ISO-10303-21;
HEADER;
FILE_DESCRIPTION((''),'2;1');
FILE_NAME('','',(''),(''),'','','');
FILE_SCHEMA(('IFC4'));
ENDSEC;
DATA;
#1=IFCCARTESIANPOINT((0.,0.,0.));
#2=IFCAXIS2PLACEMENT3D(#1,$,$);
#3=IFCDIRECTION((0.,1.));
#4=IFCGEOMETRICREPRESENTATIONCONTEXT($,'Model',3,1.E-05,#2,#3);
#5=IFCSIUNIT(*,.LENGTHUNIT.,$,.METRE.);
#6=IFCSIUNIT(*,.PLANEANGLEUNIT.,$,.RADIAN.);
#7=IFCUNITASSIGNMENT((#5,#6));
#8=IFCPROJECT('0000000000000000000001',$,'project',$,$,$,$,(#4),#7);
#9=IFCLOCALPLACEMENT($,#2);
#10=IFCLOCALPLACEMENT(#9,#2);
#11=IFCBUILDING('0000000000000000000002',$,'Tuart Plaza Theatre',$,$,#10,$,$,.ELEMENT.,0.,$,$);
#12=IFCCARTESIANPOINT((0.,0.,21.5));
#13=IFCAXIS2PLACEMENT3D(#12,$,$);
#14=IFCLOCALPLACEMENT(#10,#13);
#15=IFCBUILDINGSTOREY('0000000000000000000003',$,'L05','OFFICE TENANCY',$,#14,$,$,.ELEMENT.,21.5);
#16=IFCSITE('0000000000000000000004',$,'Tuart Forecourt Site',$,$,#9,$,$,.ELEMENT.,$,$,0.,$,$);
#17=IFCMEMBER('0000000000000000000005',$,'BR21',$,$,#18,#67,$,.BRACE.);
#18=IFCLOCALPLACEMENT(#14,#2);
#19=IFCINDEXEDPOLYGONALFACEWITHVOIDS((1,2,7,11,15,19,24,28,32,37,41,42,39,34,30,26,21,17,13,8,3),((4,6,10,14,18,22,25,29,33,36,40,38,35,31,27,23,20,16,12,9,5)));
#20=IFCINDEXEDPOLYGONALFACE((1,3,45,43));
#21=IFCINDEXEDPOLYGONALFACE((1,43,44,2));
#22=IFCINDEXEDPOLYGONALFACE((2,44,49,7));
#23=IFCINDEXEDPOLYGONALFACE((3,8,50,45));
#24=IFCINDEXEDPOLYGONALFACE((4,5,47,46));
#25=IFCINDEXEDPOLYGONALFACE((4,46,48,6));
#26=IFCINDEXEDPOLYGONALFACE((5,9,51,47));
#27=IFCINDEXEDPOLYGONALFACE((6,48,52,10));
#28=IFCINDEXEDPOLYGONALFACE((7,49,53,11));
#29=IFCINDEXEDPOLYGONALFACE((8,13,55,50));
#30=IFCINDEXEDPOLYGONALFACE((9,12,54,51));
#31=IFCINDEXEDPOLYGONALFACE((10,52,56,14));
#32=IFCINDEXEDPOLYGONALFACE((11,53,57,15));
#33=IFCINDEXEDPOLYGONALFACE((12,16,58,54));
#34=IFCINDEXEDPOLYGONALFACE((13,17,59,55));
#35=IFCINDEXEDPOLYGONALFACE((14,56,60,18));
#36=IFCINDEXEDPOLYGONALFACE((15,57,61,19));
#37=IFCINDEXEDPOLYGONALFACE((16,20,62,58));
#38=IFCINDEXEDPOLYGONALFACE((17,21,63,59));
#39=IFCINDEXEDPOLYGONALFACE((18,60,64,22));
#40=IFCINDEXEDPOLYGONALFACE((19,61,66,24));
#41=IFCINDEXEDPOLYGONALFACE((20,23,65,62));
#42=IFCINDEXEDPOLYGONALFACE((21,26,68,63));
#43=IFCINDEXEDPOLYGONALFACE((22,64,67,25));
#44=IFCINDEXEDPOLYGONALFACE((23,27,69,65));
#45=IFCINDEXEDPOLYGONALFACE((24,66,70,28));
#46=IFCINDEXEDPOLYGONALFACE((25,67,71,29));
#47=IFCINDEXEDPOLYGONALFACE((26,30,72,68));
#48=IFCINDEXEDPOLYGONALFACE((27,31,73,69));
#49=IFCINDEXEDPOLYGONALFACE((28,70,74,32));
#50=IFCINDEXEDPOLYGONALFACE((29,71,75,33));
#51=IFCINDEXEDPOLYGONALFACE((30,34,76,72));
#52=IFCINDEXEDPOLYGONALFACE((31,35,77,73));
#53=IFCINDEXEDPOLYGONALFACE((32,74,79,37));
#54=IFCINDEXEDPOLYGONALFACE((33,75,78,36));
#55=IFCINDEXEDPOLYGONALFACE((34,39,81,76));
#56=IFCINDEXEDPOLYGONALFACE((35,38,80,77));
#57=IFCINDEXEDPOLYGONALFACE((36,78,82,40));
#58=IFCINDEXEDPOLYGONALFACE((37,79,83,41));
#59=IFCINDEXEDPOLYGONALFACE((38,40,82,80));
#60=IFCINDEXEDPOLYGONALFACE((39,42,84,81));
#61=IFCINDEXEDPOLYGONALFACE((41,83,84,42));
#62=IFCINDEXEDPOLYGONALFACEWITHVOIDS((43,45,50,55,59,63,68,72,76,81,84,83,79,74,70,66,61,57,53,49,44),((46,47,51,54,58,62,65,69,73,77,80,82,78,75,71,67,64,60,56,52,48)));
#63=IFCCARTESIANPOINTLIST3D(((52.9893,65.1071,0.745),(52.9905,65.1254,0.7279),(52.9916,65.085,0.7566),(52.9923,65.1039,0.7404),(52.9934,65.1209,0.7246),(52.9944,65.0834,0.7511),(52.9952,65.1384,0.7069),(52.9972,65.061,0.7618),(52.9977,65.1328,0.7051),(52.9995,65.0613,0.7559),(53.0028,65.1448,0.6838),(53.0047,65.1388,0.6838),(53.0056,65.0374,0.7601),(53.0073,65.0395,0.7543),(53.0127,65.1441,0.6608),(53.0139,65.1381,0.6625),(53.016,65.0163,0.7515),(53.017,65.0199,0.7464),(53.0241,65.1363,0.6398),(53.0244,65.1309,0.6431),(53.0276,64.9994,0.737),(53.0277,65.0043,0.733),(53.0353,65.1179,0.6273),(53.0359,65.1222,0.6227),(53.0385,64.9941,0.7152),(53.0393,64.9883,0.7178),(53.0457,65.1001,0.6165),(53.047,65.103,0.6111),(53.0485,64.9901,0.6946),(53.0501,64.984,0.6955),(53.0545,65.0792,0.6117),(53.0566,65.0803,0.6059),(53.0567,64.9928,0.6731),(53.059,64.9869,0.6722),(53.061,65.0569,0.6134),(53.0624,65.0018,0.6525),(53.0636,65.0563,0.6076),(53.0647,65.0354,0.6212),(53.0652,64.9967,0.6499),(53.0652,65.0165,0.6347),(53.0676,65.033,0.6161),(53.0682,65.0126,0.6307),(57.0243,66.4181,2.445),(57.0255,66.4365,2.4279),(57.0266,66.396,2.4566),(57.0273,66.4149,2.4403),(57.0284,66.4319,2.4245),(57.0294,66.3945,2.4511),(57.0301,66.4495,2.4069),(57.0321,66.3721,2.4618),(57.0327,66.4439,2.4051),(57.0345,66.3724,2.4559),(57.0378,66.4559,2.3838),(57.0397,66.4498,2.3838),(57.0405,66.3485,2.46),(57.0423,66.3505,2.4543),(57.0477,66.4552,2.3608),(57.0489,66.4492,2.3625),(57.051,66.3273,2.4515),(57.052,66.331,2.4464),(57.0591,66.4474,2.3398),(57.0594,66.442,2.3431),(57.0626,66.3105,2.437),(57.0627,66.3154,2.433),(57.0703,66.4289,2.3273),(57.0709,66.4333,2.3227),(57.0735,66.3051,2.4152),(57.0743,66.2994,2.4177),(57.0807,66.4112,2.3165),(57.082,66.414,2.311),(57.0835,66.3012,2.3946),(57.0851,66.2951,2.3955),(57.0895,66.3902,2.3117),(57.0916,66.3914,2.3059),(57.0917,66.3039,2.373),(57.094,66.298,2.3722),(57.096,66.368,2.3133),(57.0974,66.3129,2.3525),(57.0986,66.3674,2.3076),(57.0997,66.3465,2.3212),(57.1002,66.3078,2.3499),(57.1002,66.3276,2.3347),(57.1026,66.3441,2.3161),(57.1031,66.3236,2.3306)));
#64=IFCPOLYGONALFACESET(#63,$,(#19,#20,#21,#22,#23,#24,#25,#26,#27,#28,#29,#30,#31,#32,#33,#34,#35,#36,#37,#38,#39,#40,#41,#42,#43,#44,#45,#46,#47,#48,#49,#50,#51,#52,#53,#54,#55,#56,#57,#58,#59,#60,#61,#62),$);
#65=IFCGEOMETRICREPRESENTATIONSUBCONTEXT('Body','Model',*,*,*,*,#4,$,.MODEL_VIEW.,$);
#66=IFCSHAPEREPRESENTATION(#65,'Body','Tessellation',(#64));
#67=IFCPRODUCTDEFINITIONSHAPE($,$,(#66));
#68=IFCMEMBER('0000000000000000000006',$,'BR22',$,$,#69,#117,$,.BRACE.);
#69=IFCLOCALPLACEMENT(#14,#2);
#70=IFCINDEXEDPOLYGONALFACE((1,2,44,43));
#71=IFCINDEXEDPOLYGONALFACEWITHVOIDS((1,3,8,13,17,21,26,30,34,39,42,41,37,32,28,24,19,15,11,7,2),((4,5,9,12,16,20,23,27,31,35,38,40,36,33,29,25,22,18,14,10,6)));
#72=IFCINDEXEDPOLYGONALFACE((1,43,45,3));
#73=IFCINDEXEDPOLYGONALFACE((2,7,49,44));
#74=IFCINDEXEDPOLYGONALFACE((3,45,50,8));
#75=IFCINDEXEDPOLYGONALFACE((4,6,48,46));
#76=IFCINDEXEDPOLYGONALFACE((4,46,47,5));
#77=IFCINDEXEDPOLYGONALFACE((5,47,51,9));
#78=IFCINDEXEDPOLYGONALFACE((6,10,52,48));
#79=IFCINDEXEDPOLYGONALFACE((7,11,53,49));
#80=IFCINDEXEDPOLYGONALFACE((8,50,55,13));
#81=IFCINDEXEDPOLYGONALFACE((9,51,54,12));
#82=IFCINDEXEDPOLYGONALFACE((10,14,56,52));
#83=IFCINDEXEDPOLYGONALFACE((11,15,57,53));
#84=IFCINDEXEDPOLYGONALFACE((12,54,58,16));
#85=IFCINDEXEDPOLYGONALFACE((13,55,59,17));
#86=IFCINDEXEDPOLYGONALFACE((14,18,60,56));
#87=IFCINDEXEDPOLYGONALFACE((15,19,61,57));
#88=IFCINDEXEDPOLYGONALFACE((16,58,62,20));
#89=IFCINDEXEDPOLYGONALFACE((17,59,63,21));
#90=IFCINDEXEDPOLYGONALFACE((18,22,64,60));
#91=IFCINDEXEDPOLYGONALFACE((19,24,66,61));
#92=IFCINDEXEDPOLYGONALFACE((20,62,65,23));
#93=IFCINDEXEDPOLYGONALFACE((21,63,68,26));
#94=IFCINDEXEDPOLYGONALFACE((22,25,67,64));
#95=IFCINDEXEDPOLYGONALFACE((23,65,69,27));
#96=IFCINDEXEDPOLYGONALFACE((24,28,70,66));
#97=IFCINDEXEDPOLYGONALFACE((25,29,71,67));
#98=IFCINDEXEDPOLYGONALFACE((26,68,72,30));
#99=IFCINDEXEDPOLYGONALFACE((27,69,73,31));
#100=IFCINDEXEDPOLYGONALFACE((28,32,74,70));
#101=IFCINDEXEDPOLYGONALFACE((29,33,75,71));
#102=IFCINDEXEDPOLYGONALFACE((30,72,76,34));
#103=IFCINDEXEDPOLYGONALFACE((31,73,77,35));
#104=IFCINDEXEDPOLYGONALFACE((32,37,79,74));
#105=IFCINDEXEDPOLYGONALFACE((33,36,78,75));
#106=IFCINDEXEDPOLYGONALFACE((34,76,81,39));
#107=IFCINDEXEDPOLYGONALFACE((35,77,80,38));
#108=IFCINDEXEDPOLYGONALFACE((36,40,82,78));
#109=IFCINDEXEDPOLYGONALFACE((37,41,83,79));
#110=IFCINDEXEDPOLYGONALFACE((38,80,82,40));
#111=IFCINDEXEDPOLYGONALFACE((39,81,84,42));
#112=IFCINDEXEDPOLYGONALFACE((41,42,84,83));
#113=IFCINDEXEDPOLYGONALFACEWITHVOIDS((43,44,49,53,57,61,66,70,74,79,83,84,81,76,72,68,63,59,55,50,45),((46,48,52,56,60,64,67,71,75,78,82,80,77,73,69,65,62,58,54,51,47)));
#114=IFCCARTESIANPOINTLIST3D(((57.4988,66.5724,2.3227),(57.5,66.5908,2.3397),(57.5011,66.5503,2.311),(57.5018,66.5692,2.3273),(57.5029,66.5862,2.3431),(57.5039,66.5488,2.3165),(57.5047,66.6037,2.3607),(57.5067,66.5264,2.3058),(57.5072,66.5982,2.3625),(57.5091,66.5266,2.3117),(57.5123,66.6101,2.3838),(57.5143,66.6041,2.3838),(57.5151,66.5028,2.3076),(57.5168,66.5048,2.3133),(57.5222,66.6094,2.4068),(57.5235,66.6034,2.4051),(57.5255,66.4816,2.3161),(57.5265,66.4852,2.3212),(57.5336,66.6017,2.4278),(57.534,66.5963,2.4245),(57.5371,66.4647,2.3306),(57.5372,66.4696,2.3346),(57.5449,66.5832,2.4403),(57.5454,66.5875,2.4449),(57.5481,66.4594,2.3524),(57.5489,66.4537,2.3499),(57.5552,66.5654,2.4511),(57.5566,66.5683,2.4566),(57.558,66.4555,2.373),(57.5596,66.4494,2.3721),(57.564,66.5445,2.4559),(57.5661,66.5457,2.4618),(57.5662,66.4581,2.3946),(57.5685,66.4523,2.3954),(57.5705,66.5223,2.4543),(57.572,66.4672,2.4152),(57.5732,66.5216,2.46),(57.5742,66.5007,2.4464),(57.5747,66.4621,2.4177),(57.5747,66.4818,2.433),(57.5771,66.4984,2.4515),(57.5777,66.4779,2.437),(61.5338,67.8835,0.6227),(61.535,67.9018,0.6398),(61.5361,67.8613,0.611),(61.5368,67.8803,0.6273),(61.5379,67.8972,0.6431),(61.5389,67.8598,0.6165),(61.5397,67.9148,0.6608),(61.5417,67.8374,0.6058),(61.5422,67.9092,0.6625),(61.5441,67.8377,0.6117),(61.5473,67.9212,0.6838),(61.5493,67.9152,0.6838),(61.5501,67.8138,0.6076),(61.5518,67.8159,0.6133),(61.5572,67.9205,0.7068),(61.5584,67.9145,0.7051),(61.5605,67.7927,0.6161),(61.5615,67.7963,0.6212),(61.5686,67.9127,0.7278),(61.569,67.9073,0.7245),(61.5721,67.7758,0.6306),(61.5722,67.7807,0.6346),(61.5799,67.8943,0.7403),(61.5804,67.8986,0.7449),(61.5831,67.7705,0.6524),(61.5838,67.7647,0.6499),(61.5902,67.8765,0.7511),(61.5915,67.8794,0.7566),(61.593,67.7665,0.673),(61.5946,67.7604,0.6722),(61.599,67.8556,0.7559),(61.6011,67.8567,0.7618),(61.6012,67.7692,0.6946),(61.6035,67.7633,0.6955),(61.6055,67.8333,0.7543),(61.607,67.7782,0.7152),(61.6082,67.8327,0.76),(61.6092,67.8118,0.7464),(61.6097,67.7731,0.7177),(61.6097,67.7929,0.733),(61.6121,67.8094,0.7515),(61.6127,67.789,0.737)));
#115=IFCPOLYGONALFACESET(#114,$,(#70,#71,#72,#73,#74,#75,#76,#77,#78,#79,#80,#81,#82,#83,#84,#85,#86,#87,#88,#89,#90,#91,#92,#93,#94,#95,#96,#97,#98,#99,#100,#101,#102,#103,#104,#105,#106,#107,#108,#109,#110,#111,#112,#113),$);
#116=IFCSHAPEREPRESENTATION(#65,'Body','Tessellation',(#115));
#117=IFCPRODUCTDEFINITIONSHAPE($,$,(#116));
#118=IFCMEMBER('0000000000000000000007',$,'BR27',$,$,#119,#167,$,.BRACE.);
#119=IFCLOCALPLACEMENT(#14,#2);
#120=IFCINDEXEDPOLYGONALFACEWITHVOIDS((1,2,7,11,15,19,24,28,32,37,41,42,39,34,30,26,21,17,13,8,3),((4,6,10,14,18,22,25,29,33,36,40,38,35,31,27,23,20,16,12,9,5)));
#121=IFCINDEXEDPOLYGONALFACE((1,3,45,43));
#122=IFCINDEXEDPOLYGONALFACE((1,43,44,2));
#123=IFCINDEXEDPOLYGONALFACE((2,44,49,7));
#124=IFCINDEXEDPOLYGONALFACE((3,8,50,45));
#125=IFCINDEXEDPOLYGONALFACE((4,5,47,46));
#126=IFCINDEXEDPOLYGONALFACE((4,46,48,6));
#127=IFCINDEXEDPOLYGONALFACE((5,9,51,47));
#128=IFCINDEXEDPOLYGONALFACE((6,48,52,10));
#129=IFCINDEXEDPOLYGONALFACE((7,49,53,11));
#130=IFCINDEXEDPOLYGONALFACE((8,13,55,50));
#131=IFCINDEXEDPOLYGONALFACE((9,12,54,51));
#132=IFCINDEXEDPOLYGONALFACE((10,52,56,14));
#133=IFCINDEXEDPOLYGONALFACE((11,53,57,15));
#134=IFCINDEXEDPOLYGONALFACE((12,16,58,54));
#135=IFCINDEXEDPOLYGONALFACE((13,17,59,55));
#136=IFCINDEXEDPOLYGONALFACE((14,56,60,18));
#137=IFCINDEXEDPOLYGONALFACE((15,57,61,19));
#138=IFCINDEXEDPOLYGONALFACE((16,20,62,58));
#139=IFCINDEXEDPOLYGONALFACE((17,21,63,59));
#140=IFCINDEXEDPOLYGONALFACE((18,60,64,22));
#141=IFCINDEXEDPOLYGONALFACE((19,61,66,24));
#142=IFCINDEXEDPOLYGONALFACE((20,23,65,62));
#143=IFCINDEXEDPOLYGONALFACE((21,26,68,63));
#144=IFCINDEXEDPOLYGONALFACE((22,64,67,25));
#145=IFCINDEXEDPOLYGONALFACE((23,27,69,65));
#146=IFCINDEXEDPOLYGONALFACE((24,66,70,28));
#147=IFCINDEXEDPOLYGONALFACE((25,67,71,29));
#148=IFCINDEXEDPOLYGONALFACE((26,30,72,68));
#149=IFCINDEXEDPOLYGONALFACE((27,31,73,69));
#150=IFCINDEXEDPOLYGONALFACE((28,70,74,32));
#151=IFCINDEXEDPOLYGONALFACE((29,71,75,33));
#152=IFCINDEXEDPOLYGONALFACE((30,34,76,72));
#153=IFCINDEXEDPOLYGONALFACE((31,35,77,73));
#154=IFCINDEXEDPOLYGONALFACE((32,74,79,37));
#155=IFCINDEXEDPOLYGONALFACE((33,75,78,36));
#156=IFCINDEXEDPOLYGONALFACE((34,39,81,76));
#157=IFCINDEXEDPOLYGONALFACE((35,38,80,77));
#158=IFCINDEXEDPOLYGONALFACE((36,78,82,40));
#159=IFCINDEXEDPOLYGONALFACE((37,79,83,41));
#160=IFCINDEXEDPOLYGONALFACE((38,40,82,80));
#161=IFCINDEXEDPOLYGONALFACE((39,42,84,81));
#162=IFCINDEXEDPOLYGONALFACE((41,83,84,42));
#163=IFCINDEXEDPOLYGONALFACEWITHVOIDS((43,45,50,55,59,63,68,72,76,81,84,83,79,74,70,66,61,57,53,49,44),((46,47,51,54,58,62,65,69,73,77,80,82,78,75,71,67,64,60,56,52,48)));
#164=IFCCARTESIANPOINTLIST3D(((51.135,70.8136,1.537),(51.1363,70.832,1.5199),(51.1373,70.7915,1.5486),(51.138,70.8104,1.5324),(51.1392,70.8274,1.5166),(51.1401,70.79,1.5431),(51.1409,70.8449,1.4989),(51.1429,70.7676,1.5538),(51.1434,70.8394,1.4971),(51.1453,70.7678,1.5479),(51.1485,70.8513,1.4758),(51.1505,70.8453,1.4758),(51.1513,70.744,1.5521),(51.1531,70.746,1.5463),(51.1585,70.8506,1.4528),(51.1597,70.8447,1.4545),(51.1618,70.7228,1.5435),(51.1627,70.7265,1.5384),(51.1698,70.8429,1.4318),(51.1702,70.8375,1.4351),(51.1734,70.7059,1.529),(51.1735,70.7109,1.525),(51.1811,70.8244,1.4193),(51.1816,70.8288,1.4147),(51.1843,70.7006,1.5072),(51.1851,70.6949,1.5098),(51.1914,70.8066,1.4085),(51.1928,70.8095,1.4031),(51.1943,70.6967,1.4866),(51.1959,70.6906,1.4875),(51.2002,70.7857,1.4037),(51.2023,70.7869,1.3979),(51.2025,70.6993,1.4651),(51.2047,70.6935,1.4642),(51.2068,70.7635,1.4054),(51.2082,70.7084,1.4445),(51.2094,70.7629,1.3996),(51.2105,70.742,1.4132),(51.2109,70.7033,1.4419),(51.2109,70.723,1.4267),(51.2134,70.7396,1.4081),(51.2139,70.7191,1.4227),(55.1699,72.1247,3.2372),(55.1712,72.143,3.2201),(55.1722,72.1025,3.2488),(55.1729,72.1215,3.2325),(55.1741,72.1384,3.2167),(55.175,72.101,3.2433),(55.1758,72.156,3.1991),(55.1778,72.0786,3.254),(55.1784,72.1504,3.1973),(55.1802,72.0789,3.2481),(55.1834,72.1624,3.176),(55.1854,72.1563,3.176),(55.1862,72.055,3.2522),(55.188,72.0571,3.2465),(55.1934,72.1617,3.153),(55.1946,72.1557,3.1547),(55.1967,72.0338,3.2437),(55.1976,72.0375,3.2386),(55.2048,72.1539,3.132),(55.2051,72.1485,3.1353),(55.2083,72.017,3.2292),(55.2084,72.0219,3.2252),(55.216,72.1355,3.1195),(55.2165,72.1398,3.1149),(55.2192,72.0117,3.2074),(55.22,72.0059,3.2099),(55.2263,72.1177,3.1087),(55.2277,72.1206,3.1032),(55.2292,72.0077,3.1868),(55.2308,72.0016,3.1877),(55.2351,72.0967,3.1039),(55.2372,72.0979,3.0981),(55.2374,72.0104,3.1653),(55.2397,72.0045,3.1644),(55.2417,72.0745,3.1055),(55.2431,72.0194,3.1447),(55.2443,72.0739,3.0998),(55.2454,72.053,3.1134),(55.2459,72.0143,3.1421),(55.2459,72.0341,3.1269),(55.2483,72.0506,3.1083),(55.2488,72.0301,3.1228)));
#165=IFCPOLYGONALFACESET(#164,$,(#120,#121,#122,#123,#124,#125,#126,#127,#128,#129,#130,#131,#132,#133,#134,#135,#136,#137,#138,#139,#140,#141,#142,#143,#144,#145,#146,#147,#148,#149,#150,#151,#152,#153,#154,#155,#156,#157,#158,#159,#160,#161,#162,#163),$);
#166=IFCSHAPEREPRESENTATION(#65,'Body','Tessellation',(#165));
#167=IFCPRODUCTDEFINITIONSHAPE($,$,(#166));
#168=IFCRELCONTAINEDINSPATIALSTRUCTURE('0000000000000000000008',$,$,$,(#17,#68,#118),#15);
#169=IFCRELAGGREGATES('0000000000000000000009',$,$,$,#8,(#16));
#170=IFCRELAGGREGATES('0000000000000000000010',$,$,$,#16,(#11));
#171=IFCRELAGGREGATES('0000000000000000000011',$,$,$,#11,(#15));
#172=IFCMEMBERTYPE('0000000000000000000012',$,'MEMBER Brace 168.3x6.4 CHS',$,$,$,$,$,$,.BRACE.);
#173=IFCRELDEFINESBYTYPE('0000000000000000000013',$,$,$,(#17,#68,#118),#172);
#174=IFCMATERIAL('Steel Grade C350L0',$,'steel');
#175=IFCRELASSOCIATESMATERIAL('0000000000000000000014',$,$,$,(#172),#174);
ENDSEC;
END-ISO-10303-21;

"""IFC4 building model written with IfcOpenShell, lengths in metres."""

from ifc_helpers import new_model, si_unit, direction, frame, origin, origin_2d, place, context, subcontext, project, spatial, hollow_circle, extrude, material, material_profile, profile_set, type_object, element, save


model = new_model("IFC4")

# Units and contexts
model_context = context("Model", 3, precision=1e-05, world=origin(), true_north=direction((0.0, 1.0)))
body_context = subcontext(model_context, "Body", "Model", "MODEL_VIEW")
ifc_project = project(units=[si_unit("LENGTHUNIT", "METRE"), si_unit("PLANEANGLEUNIT", "RADIAN")], contexts=[model_context])

# Site, building, storey
site_placement = place(None, origin())
site = spatial("IfcSite", under=ifc_project, at=site_placement, Name="Tuart Forecourt Site", CompositionType="ELEMENT", RefElevation=0.0)
building_placement = place(site_placement, origin())
building = spatial("IfcBuilding", under=site, at=building_placement, Name="Tuart Plaza Theatre", CompositionType="ELEMENT", ElevationOfRefHeight=0.0)
storey_placement = place(building_placement, frame((0.0, 0.0, 21.5)))
storey = spatial("IfcBuildingStorey", under=building, at=storey_placement, Name="L05", Description="OFFICE TENANCY", CompositionType="ELEMENT", Elevation=21.5)

# Members
ifc_material_1 = material(Name="Steel Grade C350L0", Category="steel")
ifc_material_profile_1 = material_profile(ifc_material_1, hollow_circle(Radius=0.0842, WallThickness=0.0063, at=origin_2d()), Name="168.3x6.4 CHS")
ifc_profile_set_1 = profile_set([ifc_material_profile_1], Name="Steel Grade C350L0")
member_type_1 = type_object("IfcMemberType", Name="MEMBER Brace 168.3x6.4 CHS", PredefinedType="BRACE", material=ifc_profile_set_1)
for number, where, z_axis, x_axis, name in (
    (1, (53.0288, 65.0647, 0.6838), (0.882823, 0.286849, 0.371943), (-0.30902, 0.951056, 0.0), "BR21"),
    (2, (57.5383, 66.53, 2.3838), (0.882823, 0.286849, -0.371943), (-0.30902, 0.951056, 0.0), "BR22"),
    (3, (51.1746, 70.7712, 1.4758), (0.882805, 0.286844, 0.371989), (-0.30902, 0.951056, 0.0), "BR27"),
):
    element("IfcMember", number, at=place(storey_placement, frame(where, z_axis=z_axis, x_axis=x_axis)), inside=storey, type_object=member_type_1, Name=name, PredefinedType="BRACE", context=body_context, shape_type="SweptSolid", body=[
        extrude(hollow_circle(Radius=0.0842, WallThickness=0.0063, at=origin_2d()), origin(), (0.0, 0.0, 1.0), 4.5706),
    ])

save(model, "model.ifc")
